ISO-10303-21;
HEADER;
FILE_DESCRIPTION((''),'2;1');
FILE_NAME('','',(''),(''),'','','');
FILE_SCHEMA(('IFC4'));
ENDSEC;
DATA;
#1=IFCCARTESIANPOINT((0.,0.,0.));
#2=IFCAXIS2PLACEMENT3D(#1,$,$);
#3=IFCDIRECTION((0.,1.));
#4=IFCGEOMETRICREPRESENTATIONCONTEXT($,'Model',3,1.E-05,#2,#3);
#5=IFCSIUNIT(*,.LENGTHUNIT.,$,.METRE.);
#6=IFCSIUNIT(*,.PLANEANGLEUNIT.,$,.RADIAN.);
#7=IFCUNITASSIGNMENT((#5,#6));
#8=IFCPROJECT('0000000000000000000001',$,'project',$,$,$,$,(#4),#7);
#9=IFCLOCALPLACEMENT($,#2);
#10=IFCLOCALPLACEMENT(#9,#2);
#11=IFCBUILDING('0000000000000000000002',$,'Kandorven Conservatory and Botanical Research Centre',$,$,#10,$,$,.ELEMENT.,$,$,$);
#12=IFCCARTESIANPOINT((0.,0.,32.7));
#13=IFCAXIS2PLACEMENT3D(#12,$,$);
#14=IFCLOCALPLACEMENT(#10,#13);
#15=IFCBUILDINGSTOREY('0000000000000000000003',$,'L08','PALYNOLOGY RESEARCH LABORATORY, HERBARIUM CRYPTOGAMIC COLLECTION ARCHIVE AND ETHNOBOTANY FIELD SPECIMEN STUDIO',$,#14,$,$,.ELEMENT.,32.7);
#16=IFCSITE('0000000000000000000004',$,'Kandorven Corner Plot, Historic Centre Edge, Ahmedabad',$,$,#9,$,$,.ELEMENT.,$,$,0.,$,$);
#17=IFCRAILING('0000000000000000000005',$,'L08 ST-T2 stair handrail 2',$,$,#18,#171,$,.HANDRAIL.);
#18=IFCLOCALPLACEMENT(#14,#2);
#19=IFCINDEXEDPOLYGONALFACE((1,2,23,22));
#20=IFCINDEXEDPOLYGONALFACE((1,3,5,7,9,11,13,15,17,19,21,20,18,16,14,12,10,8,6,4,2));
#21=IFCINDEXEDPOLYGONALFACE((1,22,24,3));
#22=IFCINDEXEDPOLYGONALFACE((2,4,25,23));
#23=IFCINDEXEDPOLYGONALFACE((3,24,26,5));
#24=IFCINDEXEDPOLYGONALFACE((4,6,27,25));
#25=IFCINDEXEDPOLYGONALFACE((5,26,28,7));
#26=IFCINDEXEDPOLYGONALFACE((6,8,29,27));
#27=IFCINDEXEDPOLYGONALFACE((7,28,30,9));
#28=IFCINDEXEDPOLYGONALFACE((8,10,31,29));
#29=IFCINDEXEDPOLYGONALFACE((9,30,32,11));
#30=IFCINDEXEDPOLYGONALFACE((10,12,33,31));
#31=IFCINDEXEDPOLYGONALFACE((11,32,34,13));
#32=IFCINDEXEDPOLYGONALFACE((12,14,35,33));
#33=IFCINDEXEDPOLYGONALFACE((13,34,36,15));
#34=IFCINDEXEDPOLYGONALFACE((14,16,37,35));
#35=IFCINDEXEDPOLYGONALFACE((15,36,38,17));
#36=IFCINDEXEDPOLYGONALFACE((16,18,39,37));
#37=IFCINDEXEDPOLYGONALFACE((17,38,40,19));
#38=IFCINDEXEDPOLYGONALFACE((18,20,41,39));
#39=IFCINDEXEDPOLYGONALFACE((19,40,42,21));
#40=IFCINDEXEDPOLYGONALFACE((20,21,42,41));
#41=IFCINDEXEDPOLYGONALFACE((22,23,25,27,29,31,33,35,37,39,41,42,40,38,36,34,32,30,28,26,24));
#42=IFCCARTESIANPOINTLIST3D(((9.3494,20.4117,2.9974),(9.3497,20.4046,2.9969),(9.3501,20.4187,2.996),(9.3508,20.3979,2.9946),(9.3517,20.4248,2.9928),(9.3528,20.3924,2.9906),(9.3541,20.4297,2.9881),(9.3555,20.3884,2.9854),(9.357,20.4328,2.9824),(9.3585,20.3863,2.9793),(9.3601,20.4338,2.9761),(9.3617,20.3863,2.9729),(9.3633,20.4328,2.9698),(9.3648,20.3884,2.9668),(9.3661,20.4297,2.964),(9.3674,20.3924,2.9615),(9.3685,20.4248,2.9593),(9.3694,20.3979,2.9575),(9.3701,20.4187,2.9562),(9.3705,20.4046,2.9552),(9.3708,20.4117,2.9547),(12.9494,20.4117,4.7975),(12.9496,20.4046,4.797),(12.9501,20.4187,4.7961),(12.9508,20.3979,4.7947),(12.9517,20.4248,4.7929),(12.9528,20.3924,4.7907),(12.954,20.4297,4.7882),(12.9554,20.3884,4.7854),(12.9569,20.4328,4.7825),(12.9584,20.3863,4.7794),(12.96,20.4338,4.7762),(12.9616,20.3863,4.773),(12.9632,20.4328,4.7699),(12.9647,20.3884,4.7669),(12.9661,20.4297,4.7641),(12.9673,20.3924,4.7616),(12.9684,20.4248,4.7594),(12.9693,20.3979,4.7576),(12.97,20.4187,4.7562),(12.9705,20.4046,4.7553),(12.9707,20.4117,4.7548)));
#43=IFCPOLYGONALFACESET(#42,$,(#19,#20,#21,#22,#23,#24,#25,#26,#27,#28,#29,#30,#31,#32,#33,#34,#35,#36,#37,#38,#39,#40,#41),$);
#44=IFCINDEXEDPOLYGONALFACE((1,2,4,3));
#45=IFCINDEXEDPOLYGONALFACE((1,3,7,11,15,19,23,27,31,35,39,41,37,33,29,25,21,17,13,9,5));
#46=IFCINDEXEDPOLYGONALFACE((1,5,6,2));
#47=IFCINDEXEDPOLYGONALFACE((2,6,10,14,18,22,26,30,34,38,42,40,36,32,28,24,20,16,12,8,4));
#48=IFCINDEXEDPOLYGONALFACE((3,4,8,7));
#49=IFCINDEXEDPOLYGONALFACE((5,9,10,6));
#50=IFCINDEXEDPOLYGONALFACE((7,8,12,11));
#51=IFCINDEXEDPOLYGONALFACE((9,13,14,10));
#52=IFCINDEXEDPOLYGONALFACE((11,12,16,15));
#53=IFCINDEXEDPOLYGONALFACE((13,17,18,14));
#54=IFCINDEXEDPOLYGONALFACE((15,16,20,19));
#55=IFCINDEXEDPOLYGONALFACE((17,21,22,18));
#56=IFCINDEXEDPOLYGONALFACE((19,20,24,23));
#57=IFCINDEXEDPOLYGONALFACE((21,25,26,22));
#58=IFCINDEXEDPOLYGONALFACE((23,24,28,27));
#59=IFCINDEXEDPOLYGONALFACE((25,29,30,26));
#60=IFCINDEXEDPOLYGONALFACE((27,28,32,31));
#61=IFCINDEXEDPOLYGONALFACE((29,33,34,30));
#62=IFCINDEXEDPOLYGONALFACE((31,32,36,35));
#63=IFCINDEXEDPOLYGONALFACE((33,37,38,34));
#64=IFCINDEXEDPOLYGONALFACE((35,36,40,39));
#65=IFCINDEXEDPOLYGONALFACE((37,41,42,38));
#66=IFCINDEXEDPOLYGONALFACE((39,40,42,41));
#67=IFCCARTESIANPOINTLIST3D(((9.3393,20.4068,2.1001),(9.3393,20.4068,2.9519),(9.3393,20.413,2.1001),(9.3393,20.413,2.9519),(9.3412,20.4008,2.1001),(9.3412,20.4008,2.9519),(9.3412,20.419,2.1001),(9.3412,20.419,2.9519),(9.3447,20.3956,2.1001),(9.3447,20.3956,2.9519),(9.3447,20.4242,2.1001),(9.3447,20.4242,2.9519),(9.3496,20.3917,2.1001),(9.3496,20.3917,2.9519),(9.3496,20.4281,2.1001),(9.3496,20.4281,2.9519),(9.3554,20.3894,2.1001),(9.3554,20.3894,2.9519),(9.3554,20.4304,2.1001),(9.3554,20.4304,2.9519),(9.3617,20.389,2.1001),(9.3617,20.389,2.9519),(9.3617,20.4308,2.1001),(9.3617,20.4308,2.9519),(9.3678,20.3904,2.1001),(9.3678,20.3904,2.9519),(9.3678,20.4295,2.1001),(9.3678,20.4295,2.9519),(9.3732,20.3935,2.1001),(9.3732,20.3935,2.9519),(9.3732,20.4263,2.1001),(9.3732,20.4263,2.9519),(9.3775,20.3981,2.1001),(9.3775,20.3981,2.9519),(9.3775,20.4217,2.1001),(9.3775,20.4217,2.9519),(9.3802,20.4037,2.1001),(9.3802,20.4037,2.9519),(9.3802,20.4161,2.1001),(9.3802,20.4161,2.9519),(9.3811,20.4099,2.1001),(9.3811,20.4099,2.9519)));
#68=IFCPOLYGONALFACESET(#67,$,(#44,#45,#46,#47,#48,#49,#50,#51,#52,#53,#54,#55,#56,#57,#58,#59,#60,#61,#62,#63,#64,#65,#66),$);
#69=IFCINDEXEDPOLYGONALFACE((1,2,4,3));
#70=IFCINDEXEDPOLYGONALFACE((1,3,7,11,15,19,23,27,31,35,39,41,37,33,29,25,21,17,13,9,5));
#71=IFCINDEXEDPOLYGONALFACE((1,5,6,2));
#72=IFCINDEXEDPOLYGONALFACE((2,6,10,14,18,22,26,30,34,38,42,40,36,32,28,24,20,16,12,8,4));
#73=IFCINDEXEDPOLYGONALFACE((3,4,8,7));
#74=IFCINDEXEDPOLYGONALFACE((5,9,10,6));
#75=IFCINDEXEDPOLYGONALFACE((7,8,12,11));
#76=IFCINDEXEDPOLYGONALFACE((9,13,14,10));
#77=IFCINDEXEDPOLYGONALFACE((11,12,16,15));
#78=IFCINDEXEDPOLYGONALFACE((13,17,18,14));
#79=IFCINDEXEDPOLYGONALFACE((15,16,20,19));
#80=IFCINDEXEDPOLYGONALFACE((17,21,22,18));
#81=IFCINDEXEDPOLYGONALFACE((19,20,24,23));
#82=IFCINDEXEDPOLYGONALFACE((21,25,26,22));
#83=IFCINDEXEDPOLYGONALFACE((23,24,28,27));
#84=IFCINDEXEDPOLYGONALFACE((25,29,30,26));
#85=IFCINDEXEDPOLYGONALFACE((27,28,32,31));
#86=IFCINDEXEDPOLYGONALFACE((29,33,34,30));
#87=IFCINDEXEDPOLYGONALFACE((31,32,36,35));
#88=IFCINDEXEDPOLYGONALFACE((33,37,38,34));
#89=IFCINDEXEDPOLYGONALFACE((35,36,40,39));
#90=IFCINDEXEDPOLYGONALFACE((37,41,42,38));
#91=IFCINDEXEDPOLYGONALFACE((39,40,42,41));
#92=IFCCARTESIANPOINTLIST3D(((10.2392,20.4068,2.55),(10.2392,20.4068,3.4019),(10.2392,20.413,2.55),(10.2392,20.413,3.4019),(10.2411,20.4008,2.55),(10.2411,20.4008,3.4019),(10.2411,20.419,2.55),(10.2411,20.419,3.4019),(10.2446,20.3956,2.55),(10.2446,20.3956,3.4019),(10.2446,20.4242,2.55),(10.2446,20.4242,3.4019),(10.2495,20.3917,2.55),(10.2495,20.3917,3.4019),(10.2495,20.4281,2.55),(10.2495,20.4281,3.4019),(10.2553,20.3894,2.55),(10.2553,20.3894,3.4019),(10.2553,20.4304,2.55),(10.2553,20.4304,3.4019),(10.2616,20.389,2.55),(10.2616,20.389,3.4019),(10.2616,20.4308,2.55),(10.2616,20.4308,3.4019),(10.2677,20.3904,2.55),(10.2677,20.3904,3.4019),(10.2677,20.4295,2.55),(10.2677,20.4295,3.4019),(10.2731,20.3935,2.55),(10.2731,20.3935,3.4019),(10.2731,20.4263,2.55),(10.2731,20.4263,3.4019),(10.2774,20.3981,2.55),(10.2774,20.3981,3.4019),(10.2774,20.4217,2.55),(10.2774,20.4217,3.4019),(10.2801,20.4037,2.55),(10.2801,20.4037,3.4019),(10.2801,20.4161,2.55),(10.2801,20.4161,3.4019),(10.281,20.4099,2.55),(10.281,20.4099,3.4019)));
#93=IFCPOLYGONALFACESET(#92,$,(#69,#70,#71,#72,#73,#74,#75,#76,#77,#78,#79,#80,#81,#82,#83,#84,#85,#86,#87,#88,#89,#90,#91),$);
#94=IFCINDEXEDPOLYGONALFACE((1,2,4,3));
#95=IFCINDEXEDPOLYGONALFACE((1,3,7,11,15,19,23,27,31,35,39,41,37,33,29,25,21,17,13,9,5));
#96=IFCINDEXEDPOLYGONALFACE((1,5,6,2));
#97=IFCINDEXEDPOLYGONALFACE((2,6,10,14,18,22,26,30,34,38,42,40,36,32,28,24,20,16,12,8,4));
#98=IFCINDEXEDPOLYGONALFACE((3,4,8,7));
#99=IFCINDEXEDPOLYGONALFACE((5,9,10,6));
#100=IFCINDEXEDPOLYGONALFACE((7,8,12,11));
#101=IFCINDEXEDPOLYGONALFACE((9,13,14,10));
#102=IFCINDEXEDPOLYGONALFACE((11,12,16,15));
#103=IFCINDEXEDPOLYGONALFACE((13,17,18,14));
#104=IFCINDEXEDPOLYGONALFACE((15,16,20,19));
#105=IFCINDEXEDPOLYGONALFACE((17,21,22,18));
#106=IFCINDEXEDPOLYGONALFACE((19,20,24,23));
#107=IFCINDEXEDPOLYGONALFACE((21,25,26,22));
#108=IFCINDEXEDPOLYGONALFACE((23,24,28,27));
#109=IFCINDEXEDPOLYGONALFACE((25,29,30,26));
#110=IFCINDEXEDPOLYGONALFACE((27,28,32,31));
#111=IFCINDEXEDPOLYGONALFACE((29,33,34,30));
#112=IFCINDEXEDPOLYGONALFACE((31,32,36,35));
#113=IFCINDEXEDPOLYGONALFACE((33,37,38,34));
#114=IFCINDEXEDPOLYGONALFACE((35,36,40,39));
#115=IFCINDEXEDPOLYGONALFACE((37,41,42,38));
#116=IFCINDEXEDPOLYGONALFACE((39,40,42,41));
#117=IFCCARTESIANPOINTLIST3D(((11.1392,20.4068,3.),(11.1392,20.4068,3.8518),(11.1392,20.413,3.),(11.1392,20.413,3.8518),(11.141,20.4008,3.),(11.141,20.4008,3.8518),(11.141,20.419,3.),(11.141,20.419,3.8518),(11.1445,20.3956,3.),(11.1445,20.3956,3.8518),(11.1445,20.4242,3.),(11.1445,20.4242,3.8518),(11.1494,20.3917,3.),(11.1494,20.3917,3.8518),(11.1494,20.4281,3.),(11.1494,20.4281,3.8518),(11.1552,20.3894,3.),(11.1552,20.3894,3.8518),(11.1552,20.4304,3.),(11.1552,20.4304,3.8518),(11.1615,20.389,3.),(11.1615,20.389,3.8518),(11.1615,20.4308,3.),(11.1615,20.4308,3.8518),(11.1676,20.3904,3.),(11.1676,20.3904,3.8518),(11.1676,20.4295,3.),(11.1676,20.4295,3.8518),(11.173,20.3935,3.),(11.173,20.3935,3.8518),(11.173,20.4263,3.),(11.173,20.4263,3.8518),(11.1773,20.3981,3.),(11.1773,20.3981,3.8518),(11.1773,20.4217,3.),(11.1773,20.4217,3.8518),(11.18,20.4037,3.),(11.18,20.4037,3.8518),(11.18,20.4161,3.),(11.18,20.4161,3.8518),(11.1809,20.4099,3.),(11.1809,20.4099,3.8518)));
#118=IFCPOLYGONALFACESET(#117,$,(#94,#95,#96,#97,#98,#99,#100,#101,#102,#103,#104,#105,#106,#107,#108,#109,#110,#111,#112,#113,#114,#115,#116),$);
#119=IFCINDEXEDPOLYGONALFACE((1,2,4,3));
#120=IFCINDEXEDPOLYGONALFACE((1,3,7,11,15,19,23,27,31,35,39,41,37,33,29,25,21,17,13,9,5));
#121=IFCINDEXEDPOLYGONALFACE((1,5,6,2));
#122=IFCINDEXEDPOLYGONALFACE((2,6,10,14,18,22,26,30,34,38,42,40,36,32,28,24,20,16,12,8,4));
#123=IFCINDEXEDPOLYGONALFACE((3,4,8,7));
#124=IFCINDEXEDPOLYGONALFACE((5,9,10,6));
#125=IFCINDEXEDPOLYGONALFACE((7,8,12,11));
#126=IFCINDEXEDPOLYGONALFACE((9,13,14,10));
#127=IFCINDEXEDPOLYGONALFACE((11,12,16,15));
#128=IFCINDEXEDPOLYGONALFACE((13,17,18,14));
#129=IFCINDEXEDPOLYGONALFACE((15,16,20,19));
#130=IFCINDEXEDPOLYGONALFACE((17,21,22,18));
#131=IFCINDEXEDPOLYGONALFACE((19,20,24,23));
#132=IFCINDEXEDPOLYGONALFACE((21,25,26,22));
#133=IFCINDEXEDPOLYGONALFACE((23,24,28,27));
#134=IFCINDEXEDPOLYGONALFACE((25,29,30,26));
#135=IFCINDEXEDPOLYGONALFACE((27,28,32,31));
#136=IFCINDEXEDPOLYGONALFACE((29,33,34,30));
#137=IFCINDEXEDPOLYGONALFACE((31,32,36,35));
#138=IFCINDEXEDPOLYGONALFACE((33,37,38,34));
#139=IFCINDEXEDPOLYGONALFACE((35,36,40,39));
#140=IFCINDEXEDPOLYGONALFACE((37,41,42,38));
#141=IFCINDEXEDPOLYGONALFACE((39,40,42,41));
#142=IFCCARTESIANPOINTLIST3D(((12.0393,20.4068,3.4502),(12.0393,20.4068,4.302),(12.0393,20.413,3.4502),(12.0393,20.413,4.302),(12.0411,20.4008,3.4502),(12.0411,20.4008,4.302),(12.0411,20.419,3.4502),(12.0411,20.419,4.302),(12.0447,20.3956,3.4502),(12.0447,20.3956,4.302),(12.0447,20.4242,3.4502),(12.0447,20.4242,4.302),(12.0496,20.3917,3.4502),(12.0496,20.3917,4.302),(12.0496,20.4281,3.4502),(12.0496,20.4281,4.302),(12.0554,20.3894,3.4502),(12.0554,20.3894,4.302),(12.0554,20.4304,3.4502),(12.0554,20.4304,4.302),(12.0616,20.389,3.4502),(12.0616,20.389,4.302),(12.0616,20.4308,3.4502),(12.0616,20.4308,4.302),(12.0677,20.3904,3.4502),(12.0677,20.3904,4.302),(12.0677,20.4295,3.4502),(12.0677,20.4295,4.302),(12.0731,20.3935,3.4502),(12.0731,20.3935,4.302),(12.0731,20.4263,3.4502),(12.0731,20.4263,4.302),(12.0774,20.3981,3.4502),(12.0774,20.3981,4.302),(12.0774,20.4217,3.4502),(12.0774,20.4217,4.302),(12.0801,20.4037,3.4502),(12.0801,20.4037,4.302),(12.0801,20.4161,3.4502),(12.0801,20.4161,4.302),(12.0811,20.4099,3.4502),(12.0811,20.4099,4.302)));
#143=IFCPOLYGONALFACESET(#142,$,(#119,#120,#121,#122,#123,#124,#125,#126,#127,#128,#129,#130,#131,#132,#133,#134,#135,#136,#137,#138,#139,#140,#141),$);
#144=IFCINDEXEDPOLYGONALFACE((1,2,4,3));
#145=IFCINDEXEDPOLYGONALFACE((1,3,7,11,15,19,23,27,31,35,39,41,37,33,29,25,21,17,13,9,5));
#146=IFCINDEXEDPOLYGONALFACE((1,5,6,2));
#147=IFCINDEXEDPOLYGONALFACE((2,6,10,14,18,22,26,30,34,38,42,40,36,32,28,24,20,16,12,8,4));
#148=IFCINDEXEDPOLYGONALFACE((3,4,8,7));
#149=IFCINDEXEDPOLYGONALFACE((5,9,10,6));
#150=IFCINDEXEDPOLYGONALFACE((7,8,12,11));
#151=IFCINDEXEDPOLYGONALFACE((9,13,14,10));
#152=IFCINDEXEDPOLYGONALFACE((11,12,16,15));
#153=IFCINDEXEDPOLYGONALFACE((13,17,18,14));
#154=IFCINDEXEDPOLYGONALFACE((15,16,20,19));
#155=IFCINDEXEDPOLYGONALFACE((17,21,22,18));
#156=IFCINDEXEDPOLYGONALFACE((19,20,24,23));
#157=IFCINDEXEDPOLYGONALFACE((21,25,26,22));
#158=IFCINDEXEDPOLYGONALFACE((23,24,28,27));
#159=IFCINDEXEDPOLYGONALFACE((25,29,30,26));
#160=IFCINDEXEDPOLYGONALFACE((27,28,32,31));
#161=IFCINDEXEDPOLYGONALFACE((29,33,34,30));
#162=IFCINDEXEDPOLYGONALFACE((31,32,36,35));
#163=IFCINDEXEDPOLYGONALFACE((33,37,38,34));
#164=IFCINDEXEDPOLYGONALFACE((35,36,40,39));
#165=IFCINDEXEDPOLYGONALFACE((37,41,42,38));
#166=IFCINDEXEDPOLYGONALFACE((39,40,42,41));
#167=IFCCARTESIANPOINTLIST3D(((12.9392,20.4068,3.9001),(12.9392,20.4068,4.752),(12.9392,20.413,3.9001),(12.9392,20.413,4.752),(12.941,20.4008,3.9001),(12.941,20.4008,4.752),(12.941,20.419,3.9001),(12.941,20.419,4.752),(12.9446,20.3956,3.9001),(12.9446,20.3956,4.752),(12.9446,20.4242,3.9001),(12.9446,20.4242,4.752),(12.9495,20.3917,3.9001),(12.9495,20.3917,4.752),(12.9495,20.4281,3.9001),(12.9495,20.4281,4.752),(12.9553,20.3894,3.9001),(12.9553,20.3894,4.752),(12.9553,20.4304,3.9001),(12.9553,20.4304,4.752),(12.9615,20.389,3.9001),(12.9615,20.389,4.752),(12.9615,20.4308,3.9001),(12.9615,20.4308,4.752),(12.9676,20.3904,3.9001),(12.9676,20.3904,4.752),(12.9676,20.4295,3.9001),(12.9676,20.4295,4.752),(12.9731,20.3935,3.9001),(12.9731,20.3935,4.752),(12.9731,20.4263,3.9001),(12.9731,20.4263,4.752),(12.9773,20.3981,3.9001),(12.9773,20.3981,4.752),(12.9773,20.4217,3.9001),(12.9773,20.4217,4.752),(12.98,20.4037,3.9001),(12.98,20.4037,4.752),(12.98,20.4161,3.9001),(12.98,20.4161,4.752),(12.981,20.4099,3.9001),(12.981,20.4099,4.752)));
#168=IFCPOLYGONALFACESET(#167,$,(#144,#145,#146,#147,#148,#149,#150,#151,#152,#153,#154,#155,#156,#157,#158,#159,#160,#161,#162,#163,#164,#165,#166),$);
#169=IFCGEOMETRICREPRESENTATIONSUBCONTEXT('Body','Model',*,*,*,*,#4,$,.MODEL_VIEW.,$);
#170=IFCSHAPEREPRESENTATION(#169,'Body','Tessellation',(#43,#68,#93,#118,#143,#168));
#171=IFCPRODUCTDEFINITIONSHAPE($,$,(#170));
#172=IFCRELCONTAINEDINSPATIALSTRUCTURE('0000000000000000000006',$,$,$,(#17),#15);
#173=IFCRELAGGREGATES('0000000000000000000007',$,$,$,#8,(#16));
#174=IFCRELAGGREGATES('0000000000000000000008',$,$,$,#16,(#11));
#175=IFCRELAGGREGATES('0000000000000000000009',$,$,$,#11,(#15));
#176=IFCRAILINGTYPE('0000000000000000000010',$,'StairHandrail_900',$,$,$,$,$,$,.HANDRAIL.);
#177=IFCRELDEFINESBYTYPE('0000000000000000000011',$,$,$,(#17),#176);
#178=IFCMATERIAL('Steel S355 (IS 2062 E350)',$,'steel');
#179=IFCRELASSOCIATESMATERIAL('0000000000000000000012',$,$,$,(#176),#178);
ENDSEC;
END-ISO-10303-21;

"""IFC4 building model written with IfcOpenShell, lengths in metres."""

from ifc_helpers import new_model, si_unit, direction, frame, origin, origin_2d, place, context, subcontext, project, spatial, circle, extrude, material, type_object, element, save


model = new_model("IFC4")

# Units and contexts
model_context = context("Model", 3, precision=1e-05, world=origin(), true_north=direction((0.0, 1.0)))
body_context = subcontext(model_context, "Body", "Model", "MODEL_VIEW")
ifc_project = project(units=[si_unit("LENGTHUNIT", "METRE"), si_unit("PLANEANGLEUNIT", "RADIAN")], contexts=[model_context])

# Site, building, storey
site_placement = place(None, origin())
site = spatial("IfcSite", under=ifc_project, at=site_placement, Name="Kandorven Corner Plot, Historic Centre Edge, Ahmedabad", CompositionType="ELEMENT", RefElevation=0.0)
building_placement = place(site_placement, origin())
building = spatial("IfcBuilding", under=site, at=building_placement, Name="Kandorven Conservatory and Botanical Research Centre", CompositionType="ELEMENT")
storey_placement = place(building_placement, frame((0.0, 0.0, 32.7)))
storey = spatial("IfcBuildingStorey", under=building, at=storey_placement, Name="L08", Description="PALYNOLOGY RESEARCH LABORATORY, HERBARIUM CRYPTOGAMIC COLLECTION ARCHIVE AND ETHNOBOTANY FIELD SPECIMEN STUDIO", CompositionType="ELEMENT", Elevation=32.7)

# Railing
ifc_material_1 = material(Name="Steel S355 (IS 2062 E350)", Category="steel")
railing_type_1 = type_object("IfcRailingType", Name="StairHandrail_900", PredefinedType="HANDRAIL", material=ifc_material_1)
railing_1_placement = place(storey_placement, frame((9.3601, 20.4099, 2.1001)))
element("IfcRailing", 1, at=railing_1_placement, inside=storey, type_object=railing_type_1, Name="L08 ST-T2 stair handrail 2", PredefinedType="HANDRAIL", context=body_context, shape_type="SweptSolid", body=[
    extrude(circle(Radius=0.0239, at=origin_2d()), frame((0.0, 0.0, 0.876), z_axis=(0.894415, 0.0, 0.447238), x_axis=(0.0, 1.0, 0.0)), (0.0, 0.0, 1.0), 4.0249),
    extrude(circle(Radius=0.021, at=origin_2d()), origin(), (0.0, 0.0, 1.0), 0.8518),
    extrude(circle(Radius=0.021, at=origin_2d()), frame((0.8999, 0.0, 0.45)), (0.0, 0.0, 1.0), 0.8518),
    extrude(circle(Radius=0.021, at=origin_2d()), frame((1.7998, 0.0, 0.8999)), (0.0, 0.0, 1.0), 0.8518),
    extrude(circle(Radius=0.021, at=origin_2d()), frame((2.7, 0.0, 1.3501)), (0.0, 0.0, 1.0), 0.8518),
    extrude(circle(Radius=0.021, at=origin_2d()), frame((3.5999, 0.0, 1.8)), (0.0, 0.0, 1.0), 0.8518),
])

save(model, "model.ifc")
